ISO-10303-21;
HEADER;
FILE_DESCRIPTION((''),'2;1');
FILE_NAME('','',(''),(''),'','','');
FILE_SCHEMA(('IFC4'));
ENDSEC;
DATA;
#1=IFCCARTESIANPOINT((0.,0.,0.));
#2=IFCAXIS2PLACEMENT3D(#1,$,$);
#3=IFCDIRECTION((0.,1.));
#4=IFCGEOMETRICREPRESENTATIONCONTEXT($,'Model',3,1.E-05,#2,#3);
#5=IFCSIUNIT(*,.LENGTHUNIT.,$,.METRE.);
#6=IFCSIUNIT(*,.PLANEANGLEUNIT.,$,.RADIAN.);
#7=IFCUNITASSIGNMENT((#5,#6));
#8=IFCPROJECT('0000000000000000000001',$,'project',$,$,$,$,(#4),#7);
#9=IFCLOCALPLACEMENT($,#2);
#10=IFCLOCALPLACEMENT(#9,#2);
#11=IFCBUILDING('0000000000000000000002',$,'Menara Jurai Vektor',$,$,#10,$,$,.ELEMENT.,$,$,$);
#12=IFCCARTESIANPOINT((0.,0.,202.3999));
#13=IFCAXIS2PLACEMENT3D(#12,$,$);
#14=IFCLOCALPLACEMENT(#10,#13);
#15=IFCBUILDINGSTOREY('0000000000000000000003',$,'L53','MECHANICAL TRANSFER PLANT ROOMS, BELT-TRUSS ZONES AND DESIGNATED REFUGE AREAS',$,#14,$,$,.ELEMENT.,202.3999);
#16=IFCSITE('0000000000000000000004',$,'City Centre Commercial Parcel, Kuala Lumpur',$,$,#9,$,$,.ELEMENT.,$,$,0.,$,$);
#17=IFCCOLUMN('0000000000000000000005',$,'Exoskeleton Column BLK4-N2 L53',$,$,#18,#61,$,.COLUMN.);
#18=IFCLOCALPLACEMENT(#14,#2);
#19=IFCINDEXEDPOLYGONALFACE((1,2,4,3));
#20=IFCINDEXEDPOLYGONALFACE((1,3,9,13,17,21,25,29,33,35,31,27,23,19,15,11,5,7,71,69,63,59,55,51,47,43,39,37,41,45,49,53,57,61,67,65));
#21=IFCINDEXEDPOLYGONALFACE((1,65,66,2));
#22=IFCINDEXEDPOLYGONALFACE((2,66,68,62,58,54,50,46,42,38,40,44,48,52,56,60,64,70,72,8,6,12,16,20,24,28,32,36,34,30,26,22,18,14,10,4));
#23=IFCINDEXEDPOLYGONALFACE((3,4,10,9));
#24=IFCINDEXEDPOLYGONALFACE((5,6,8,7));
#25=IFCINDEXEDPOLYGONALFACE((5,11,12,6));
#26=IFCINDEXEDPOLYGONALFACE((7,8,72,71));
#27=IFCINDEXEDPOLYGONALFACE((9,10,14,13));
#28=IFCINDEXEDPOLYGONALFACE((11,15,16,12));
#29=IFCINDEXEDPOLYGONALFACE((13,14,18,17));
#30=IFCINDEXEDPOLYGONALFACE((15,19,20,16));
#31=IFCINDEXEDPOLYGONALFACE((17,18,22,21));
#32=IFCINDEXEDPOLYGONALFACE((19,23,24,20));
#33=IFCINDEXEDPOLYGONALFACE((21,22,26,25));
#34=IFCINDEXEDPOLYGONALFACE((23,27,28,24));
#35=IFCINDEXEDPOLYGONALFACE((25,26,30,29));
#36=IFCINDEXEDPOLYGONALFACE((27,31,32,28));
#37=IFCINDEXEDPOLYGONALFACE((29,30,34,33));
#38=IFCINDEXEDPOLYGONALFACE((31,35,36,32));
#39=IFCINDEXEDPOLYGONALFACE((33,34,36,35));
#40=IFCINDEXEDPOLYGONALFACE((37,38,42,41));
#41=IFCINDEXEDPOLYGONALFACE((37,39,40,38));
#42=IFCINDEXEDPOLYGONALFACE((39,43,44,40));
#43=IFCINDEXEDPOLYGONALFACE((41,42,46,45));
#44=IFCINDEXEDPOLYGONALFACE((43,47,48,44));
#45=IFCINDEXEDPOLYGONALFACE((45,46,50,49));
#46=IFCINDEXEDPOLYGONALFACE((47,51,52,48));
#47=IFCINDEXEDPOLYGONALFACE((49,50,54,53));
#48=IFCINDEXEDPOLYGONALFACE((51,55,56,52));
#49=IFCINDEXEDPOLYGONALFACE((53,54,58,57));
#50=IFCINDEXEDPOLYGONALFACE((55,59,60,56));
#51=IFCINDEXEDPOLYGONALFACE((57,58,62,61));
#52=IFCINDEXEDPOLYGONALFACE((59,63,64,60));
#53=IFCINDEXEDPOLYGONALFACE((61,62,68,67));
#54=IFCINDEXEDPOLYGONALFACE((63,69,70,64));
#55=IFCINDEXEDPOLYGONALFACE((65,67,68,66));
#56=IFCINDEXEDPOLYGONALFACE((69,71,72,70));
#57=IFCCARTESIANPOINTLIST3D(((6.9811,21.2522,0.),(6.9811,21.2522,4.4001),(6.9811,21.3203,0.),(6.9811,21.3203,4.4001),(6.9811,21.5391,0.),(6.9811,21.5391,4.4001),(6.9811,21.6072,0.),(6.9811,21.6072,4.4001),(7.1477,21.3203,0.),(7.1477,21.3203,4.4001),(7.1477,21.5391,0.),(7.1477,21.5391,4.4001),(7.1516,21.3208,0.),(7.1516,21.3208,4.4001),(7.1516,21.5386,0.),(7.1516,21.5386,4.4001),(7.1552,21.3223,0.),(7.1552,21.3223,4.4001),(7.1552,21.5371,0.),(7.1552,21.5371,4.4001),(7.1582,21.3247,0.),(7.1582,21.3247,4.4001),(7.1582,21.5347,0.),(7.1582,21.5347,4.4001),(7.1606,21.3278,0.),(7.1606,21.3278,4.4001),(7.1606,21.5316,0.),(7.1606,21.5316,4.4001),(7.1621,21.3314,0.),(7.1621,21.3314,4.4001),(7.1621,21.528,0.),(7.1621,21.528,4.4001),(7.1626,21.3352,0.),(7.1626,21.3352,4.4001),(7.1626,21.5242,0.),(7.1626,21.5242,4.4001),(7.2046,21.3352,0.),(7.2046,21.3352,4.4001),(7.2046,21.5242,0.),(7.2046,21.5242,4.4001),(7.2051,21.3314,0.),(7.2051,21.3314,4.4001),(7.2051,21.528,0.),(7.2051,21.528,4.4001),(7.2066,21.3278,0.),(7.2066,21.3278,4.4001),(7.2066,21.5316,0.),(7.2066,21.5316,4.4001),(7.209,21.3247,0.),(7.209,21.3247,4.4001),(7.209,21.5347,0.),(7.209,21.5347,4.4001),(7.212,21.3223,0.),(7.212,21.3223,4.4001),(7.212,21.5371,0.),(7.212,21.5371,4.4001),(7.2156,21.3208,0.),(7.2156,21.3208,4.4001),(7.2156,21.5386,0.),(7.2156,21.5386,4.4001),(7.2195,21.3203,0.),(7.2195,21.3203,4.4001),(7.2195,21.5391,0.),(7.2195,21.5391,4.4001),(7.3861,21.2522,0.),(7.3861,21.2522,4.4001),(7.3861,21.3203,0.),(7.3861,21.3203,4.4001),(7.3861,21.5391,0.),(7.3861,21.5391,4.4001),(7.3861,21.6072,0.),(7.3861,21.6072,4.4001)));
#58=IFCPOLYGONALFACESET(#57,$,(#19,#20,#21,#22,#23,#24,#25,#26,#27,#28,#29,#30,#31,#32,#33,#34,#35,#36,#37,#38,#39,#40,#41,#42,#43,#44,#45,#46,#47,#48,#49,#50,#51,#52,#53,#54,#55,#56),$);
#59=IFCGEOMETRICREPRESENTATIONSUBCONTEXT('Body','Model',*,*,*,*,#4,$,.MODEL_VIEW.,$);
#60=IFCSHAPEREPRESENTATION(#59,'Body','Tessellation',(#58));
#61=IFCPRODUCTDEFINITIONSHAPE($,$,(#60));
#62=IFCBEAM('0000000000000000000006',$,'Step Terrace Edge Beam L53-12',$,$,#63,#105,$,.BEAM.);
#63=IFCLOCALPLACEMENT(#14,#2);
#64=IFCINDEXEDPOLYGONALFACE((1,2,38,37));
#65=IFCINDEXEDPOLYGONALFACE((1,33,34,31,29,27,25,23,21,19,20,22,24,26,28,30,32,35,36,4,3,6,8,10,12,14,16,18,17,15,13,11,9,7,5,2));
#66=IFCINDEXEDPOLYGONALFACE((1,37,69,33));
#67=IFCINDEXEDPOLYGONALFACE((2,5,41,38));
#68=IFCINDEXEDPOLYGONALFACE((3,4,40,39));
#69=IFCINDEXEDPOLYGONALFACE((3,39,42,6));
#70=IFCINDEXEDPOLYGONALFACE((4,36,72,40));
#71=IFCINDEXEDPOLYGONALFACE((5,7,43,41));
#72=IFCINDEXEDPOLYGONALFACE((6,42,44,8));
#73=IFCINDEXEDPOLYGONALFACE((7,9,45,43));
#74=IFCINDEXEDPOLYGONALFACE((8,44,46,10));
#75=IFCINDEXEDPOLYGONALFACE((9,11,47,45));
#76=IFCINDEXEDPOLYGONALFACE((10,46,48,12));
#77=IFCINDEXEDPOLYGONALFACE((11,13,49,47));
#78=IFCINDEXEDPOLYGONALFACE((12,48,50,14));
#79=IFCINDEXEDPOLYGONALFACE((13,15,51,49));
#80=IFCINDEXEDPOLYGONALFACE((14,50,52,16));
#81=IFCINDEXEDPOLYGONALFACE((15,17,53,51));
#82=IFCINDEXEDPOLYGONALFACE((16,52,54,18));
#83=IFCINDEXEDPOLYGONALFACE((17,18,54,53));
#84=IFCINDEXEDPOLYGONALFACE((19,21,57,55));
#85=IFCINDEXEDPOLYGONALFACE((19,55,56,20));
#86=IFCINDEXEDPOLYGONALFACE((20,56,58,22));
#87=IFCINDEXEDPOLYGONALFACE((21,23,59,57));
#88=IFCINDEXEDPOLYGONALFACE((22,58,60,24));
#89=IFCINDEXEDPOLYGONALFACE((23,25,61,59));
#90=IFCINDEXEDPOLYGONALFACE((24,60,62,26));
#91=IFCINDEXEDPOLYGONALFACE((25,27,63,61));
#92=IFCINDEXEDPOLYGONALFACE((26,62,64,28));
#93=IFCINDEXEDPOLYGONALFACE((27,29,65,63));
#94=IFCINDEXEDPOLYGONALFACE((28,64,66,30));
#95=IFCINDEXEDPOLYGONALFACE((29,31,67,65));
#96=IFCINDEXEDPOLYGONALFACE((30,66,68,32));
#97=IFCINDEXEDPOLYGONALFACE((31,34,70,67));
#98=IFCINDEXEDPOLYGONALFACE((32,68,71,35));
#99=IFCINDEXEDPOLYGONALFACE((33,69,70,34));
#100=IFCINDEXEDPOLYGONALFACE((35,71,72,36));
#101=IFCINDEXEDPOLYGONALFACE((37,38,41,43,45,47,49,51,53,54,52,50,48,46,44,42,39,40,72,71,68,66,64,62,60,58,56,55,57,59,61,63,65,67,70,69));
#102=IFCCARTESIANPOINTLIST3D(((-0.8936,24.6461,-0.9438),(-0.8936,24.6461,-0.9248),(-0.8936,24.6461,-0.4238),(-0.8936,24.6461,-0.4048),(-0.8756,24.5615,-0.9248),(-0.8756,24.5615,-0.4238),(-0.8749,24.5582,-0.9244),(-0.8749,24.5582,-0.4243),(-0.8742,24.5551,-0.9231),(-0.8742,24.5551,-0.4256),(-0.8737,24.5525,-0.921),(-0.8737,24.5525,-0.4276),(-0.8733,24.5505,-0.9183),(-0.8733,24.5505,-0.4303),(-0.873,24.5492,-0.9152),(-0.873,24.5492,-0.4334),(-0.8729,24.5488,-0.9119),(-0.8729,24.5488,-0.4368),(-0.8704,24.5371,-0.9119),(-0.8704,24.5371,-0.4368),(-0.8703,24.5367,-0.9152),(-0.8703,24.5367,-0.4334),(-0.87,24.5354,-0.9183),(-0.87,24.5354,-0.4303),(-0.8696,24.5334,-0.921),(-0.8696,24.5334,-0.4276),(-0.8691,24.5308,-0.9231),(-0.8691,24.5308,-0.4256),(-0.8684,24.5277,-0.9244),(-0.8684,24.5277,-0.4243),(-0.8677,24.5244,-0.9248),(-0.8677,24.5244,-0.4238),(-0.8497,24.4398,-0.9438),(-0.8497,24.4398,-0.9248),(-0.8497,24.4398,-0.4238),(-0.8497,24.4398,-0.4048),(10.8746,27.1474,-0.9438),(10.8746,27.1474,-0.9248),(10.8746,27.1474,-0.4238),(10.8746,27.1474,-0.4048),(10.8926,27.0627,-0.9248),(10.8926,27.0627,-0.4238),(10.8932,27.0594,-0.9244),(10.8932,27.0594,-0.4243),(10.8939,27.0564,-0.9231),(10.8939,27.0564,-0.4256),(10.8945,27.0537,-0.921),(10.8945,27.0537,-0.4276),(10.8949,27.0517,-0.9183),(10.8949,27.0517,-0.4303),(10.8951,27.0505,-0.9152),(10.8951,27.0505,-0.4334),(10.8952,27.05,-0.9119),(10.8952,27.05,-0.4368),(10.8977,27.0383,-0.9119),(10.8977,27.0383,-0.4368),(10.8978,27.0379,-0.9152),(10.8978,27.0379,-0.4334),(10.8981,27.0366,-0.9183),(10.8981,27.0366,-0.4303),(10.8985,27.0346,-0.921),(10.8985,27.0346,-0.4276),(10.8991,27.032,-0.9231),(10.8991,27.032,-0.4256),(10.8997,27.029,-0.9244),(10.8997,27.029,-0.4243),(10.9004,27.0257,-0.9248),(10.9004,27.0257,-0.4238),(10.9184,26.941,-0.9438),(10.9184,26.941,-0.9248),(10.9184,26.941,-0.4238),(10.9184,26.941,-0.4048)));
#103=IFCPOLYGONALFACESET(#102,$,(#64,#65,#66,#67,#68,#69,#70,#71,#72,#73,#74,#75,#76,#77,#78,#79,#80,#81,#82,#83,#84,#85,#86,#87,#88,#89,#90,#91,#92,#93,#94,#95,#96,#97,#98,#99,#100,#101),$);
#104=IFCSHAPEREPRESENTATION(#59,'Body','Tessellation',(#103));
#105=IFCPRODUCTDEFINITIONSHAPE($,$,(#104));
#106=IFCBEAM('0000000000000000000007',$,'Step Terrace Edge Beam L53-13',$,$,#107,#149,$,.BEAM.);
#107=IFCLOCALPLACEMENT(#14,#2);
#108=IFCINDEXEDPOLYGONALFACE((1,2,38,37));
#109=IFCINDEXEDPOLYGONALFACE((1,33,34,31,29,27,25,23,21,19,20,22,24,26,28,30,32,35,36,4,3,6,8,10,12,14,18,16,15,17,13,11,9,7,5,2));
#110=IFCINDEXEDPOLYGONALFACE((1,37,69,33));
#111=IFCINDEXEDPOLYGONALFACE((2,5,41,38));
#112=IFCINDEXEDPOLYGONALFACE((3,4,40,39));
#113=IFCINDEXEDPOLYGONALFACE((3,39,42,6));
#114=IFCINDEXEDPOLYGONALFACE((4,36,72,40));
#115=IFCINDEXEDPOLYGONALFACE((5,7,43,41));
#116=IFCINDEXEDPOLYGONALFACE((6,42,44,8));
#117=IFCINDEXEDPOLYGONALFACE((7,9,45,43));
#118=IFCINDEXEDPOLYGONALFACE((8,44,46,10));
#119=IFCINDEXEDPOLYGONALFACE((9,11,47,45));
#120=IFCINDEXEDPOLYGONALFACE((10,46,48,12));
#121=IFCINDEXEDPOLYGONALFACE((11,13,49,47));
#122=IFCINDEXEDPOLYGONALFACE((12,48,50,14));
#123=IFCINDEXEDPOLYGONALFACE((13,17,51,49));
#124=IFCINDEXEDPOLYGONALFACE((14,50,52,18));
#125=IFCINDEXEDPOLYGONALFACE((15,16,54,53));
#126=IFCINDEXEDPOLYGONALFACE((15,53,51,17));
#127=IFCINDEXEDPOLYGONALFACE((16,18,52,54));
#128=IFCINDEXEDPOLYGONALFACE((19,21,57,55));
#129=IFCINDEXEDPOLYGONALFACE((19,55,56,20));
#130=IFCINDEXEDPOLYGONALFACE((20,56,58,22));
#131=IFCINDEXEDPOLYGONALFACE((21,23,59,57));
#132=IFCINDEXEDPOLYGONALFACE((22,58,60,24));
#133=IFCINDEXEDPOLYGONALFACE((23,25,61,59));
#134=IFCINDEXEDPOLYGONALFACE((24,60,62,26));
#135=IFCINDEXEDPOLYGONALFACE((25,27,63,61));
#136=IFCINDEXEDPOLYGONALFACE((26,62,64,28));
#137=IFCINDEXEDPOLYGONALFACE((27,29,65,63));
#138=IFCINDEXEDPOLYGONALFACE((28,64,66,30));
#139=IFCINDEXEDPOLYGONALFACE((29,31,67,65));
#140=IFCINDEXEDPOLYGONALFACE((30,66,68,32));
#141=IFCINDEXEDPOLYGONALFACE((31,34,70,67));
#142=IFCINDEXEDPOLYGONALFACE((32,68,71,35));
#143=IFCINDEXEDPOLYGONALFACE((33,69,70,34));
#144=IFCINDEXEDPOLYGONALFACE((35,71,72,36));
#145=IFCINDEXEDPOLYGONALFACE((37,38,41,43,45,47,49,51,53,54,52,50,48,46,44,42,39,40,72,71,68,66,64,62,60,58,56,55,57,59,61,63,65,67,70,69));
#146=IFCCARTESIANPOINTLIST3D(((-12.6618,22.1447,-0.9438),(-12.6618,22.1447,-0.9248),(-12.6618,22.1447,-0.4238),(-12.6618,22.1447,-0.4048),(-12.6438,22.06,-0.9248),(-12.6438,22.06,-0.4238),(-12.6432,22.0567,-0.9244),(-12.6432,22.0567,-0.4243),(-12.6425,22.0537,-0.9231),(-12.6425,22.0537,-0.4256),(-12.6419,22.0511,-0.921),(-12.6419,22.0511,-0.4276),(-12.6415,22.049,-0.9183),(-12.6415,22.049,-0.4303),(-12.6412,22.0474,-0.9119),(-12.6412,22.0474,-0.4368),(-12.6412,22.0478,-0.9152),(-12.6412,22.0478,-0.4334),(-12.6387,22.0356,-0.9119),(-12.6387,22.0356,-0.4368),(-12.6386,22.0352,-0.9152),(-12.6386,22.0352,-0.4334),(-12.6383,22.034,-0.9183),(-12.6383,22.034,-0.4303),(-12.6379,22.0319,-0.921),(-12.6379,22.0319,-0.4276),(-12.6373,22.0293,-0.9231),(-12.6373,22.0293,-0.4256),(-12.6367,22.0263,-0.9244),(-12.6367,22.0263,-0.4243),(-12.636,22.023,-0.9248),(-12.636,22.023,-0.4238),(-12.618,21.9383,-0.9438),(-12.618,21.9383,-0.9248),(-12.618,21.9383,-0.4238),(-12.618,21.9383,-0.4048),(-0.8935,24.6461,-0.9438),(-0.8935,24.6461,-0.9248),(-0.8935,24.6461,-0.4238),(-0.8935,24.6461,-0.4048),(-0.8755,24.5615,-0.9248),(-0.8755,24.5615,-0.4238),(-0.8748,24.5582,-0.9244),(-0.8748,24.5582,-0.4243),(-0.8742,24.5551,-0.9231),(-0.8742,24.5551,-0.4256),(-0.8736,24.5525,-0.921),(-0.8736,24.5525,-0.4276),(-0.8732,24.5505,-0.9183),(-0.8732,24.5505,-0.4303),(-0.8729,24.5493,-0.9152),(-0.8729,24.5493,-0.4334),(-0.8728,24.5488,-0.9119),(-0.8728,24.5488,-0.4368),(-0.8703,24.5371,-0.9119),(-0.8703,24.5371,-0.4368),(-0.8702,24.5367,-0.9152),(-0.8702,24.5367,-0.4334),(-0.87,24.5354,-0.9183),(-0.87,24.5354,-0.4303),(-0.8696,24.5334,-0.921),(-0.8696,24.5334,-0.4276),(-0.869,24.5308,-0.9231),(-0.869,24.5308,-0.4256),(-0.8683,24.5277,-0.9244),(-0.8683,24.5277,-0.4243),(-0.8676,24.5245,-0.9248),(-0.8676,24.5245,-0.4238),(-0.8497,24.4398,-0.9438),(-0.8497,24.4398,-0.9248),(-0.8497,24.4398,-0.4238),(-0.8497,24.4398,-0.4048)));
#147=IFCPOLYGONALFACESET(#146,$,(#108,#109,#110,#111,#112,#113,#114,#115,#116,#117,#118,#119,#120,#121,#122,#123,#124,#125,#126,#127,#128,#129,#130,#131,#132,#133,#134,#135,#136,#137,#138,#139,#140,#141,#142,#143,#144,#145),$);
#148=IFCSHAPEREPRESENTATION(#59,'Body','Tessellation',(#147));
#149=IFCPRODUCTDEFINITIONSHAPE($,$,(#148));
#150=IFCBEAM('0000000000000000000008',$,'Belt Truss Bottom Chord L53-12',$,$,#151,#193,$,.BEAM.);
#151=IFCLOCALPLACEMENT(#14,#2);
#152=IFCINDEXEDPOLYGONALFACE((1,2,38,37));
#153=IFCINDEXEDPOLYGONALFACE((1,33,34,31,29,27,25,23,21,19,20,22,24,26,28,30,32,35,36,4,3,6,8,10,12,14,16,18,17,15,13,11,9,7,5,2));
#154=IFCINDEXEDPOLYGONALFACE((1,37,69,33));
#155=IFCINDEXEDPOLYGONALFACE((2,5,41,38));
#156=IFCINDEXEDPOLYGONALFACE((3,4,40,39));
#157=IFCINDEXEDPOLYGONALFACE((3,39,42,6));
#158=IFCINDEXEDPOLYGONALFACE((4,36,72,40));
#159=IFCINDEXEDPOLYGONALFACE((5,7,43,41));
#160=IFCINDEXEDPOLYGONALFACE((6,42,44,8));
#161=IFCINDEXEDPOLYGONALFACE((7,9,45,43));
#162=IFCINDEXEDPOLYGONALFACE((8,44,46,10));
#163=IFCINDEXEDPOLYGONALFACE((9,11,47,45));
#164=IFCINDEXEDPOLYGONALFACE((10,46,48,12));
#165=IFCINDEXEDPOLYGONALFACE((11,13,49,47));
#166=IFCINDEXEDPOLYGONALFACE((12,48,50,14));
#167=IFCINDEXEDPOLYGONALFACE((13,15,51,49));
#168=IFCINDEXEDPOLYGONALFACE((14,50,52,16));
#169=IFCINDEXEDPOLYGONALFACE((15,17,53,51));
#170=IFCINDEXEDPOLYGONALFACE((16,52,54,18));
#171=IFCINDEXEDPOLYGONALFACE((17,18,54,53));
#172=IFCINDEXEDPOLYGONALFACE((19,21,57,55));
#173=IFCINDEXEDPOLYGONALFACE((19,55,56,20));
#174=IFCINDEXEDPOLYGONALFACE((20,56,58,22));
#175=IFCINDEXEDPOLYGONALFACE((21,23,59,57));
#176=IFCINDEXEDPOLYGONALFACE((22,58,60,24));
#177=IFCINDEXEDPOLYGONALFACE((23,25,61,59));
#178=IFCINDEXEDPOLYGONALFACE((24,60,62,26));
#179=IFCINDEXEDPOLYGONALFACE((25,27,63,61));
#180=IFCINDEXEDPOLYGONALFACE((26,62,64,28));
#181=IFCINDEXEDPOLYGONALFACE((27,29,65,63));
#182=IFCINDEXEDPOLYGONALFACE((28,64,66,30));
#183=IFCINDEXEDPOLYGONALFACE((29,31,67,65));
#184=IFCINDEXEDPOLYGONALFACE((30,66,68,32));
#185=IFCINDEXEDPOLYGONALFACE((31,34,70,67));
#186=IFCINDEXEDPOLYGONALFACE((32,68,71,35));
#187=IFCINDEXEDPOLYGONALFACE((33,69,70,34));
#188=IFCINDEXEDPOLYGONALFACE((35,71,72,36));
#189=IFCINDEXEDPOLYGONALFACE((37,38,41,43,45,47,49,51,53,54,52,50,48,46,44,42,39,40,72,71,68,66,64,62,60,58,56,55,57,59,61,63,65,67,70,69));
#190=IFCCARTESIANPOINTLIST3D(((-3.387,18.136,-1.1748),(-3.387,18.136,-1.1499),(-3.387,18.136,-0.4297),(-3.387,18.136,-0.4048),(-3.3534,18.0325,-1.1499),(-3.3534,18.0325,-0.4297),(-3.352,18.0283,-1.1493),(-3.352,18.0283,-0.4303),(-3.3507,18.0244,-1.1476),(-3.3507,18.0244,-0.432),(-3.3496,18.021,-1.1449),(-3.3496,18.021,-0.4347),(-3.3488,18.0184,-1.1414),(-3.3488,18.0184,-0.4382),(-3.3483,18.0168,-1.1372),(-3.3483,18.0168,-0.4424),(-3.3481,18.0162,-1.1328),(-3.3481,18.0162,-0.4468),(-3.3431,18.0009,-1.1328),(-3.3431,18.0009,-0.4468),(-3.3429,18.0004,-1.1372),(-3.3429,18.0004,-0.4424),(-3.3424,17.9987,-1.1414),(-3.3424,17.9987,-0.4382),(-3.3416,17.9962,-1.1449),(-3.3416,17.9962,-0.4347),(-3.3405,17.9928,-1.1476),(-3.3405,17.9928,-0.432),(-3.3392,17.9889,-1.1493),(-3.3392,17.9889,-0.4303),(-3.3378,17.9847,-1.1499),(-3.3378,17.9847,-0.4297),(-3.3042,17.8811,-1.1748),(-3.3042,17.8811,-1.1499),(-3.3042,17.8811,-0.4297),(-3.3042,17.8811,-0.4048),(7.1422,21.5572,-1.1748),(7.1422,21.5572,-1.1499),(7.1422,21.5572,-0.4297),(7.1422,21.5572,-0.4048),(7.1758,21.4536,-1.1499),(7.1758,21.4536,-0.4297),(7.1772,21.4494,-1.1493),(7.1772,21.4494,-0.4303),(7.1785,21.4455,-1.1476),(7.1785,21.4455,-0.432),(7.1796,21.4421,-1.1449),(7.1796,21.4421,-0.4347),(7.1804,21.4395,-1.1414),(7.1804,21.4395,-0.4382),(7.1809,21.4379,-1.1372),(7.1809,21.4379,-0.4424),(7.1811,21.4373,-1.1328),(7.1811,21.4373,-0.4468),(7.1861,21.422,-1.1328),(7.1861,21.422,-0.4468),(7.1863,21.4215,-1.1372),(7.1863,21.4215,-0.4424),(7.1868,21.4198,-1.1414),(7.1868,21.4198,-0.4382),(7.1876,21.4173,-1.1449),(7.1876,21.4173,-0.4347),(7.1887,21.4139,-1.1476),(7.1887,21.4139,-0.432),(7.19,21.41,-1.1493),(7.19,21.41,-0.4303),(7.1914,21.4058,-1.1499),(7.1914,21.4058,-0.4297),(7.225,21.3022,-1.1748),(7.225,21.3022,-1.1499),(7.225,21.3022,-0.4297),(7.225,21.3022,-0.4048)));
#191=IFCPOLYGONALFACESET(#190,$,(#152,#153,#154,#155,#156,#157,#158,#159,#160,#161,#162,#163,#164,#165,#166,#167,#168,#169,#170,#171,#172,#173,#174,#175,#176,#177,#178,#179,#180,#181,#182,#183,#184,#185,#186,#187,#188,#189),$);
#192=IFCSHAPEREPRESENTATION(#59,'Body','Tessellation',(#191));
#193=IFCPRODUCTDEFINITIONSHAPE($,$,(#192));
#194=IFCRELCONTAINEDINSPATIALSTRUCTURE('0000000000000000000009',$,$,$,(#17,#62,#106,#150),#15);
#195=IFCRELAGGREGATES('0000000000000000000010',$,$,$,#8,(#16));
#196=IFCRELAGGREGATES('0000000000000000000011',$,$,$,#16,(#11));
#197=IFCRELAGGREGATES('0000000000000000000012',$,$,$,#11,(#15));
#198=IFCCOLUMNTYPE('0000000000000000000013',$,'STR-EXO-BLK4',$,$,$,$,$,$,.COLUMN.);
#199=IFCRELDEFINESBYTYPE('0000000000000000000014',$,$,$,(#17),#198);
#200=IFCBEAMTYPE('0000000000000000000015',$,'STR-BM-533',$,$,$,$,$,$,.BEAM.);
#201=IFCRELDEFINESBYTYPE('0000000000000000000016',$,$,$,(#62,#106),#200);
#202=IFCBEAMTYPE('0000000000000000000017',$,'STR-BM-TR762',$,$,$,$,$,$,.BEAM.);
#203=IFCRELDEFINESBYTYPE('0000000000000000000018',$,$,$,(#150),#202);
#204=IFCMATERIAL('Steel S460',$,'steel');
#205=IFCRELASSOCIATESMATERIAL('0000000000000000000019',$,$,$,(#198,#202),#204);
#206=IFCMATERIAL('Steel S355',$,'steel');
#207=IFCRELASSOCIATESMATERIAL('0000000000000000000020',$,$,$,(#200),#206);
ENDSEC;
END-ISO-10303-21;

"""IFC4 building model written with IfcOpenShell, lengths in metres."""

from ifc_helpers import new_model, si_unit, direction, frame, origin, origin_2d, place, context, subcontext, project, spatial, i_section, extrude, material, material_profile, profile_set, type_object, element, save


model = new_model("IFC4")

# Units and contexts
model_context = context("Model", 3, precision=1e-05, world=origin(), true_north=direction((0.0, 1.0)))
body_context = subcontext(model_context, "Body", "Model", "MODEL_VIEW")
ifc_project = project(units=[si_unit("LENGTHUNIT", "METRE"), si_unit("PLANEANGLEUNIT", "RADIAN")], contexts=[model_context])

# Site, building, storey
site_placement = place(None, origin())
site = spatial("IfcSite", under=ifc_project, at=site_placement, Name="City Centre Commercial Parcel, Kuala Lumpur", CompositionType="ELEMENT", RefElevation=0.0)
building_placement = place(site_placement, origin())
building = spatial("IfcBuilding", under=site, at=building_placement, Name="Menara Jurai Vektor", CompositionType="ELEMENT")
storey_placement = place(building_placement, frame((0.0, 0.0, 202.3999)))
storey = spatial("IfcBuildingStorey", under=building, at=storey_placement, Name="L53", Description="MECHANICAL TRANSFER PLANT ROOMS, BELT-TRUSS ZONES AND DESIGNATED REFUGE AREAS", CompositionType="ELEMENT", Elevation=202.3999)

# Column
ifc_material_1 = material(Name="Steel S460", Category="steel")
ifc_material_profile_1 = material_profile(ifc_material_1, i_section(OverallWidth=0.405, OverallDepth=0.355, WebThickness=0.042, FlangeThickness=0.0681, FilletRadius=0.0149, at=origin_2d()), Name="HD 400x551")
ifc_profile_set_1 = profile_set([ifc_material_profile_1], Name="Steel S460")
column_type = type_object("IfcColumnType", Name="STR-EXO-BLK4", PredefinedType="COLUMN", material=ifc_profile_set_1)
column_placement = place(storey_placement, frame((7.1836, 21.4297, 0.0), z_axis=(0.0, 0.0, 1.0), x_axis=(1.0, 0.0, 0.0)))
element("IfcColumn", 1, at=column_placement, inside=storey, type_object=column_type, Name="Exoskeleton Column BLK4-N2 L53", PredefinedType="COLUMN", context=body_context, shape_type="SweptSolid", body=[
    extrude(i_section(OverallWidth=0.405, OverallDepth=0.355, WebThickness=0.042, FlangeThickness=0.0681, FilletRadius=0.0149, at=origin_2d()), origin(), (0.0, 0.0, 1.0), 4.4001),
])

# Beams
ifc_material_2 = material(Name="Steel S355", Category="steel")
ifc_material_profile_2 = material_profile(ifc_material_2, i_section(OverallWidth=0.2109, OverallDepth=0.5391, WebThickness=0.012, FlangeThickness=0.019, FilletRadius=0.0129, at=origin_2d()), Name="UKB 533x210x109")
ifc_profile_set_2 = profile_set([ifc_material_profile_2], Name="Steel S355")
beam_type_1 = type_object("IfcBeamType", Name="STR-BM-533", PredefinedType="BEAM", material=ifc_profile_set_2)
beam_1_placement = place(storey_placement, frame((10.8965, 27.0442, -0.6743), z_axis=(-0.97815, -0.207899, 0.0), x_axis=(0.207899, -0.97815, 0.0)))
element("IfcBeam", 2, at=beam_1_placement, inside=storey, type_object=beam_type_1, Name="Step Terrace Edge Beam L53-12", PredefinedType="BEAM", context=body_context, shape_type="SweptSolid", body=[
    extrude(i_section(OverallWidth=0.2109, OverallDepth=0.5391, WebThickness=0.012, FlangeThickness=0.019, FilletRadius=0.0129, at=origin_2d()), origin(), (0.0, 0.0, 1.0), 12.031),
])
beam_2_placement = place(storey_placement, frame((-0.8716, 24.543, -0.6743), z_axis=(-0.978147, -0.207914, 0.0), x_axis=(0.207914, -0.978147, 0.0)))
element("IfcBeam", 3, at=beam_2_placement, inside=storey, type_object=beam_type_1, Name="Step Terrace Edge Beam L53-13", PredefinedType="BEAM", context=body_context, shape_type="SweptSolid", body=[
    extrude(i_section(OverallWidth=0.2109, OverallDepth=0.5391, WebThickness=0.012, FlangeThickness=0.019, FilletRadius=0.0129, at=origin_2d()), origin(), (0.0, 0.0, 1.0), 12.0312),
])
ifc_material_profile_3 = material_profile(ifc_material_1, i_section(OverallWidth=0.2681, OverallDepth=0.77, WebThickness=0.0161, FlangeThickness=0.0249, FilletRadius=0.0171, at=origin_2d()), Name="UKB 762x267x197")
ifc_profile_set_3 = profile_set([ifc_material_profile_3], Name="Steel S460")
beam_type_2 = type_object("IfcBeamType", Name="STR-BM-TR762", PredefinedType="BEAM", material=ifc_profile_set_3)
beam_3_placement = place(storey_placement, frame((7.1836, 21.4297, -0.7898), z_axis=(-0.951057, -0.309014, 0.0), x_axis=(0.309014, -0.951057, 0.0)))
element("IfcBeam", 4, at=beam_3_placement, inside=storey, type_object=beam_type_2, Name="Belt Truss Bottom Chord L53-12", PredefinedType="BEAM", context=body_context, shape_type="SweptSolid", body=[
    extrude(i_section(OverallWidth=0.2681, OverallDepth=0.77, WebThickness=0.0161, FlangeThickness=0.0249, FilletRadius=0.0171, at=origin_2d()), origin(), (0.0, 0.0, 1.0), 11.071),
])

save(model, "model.ifc")
